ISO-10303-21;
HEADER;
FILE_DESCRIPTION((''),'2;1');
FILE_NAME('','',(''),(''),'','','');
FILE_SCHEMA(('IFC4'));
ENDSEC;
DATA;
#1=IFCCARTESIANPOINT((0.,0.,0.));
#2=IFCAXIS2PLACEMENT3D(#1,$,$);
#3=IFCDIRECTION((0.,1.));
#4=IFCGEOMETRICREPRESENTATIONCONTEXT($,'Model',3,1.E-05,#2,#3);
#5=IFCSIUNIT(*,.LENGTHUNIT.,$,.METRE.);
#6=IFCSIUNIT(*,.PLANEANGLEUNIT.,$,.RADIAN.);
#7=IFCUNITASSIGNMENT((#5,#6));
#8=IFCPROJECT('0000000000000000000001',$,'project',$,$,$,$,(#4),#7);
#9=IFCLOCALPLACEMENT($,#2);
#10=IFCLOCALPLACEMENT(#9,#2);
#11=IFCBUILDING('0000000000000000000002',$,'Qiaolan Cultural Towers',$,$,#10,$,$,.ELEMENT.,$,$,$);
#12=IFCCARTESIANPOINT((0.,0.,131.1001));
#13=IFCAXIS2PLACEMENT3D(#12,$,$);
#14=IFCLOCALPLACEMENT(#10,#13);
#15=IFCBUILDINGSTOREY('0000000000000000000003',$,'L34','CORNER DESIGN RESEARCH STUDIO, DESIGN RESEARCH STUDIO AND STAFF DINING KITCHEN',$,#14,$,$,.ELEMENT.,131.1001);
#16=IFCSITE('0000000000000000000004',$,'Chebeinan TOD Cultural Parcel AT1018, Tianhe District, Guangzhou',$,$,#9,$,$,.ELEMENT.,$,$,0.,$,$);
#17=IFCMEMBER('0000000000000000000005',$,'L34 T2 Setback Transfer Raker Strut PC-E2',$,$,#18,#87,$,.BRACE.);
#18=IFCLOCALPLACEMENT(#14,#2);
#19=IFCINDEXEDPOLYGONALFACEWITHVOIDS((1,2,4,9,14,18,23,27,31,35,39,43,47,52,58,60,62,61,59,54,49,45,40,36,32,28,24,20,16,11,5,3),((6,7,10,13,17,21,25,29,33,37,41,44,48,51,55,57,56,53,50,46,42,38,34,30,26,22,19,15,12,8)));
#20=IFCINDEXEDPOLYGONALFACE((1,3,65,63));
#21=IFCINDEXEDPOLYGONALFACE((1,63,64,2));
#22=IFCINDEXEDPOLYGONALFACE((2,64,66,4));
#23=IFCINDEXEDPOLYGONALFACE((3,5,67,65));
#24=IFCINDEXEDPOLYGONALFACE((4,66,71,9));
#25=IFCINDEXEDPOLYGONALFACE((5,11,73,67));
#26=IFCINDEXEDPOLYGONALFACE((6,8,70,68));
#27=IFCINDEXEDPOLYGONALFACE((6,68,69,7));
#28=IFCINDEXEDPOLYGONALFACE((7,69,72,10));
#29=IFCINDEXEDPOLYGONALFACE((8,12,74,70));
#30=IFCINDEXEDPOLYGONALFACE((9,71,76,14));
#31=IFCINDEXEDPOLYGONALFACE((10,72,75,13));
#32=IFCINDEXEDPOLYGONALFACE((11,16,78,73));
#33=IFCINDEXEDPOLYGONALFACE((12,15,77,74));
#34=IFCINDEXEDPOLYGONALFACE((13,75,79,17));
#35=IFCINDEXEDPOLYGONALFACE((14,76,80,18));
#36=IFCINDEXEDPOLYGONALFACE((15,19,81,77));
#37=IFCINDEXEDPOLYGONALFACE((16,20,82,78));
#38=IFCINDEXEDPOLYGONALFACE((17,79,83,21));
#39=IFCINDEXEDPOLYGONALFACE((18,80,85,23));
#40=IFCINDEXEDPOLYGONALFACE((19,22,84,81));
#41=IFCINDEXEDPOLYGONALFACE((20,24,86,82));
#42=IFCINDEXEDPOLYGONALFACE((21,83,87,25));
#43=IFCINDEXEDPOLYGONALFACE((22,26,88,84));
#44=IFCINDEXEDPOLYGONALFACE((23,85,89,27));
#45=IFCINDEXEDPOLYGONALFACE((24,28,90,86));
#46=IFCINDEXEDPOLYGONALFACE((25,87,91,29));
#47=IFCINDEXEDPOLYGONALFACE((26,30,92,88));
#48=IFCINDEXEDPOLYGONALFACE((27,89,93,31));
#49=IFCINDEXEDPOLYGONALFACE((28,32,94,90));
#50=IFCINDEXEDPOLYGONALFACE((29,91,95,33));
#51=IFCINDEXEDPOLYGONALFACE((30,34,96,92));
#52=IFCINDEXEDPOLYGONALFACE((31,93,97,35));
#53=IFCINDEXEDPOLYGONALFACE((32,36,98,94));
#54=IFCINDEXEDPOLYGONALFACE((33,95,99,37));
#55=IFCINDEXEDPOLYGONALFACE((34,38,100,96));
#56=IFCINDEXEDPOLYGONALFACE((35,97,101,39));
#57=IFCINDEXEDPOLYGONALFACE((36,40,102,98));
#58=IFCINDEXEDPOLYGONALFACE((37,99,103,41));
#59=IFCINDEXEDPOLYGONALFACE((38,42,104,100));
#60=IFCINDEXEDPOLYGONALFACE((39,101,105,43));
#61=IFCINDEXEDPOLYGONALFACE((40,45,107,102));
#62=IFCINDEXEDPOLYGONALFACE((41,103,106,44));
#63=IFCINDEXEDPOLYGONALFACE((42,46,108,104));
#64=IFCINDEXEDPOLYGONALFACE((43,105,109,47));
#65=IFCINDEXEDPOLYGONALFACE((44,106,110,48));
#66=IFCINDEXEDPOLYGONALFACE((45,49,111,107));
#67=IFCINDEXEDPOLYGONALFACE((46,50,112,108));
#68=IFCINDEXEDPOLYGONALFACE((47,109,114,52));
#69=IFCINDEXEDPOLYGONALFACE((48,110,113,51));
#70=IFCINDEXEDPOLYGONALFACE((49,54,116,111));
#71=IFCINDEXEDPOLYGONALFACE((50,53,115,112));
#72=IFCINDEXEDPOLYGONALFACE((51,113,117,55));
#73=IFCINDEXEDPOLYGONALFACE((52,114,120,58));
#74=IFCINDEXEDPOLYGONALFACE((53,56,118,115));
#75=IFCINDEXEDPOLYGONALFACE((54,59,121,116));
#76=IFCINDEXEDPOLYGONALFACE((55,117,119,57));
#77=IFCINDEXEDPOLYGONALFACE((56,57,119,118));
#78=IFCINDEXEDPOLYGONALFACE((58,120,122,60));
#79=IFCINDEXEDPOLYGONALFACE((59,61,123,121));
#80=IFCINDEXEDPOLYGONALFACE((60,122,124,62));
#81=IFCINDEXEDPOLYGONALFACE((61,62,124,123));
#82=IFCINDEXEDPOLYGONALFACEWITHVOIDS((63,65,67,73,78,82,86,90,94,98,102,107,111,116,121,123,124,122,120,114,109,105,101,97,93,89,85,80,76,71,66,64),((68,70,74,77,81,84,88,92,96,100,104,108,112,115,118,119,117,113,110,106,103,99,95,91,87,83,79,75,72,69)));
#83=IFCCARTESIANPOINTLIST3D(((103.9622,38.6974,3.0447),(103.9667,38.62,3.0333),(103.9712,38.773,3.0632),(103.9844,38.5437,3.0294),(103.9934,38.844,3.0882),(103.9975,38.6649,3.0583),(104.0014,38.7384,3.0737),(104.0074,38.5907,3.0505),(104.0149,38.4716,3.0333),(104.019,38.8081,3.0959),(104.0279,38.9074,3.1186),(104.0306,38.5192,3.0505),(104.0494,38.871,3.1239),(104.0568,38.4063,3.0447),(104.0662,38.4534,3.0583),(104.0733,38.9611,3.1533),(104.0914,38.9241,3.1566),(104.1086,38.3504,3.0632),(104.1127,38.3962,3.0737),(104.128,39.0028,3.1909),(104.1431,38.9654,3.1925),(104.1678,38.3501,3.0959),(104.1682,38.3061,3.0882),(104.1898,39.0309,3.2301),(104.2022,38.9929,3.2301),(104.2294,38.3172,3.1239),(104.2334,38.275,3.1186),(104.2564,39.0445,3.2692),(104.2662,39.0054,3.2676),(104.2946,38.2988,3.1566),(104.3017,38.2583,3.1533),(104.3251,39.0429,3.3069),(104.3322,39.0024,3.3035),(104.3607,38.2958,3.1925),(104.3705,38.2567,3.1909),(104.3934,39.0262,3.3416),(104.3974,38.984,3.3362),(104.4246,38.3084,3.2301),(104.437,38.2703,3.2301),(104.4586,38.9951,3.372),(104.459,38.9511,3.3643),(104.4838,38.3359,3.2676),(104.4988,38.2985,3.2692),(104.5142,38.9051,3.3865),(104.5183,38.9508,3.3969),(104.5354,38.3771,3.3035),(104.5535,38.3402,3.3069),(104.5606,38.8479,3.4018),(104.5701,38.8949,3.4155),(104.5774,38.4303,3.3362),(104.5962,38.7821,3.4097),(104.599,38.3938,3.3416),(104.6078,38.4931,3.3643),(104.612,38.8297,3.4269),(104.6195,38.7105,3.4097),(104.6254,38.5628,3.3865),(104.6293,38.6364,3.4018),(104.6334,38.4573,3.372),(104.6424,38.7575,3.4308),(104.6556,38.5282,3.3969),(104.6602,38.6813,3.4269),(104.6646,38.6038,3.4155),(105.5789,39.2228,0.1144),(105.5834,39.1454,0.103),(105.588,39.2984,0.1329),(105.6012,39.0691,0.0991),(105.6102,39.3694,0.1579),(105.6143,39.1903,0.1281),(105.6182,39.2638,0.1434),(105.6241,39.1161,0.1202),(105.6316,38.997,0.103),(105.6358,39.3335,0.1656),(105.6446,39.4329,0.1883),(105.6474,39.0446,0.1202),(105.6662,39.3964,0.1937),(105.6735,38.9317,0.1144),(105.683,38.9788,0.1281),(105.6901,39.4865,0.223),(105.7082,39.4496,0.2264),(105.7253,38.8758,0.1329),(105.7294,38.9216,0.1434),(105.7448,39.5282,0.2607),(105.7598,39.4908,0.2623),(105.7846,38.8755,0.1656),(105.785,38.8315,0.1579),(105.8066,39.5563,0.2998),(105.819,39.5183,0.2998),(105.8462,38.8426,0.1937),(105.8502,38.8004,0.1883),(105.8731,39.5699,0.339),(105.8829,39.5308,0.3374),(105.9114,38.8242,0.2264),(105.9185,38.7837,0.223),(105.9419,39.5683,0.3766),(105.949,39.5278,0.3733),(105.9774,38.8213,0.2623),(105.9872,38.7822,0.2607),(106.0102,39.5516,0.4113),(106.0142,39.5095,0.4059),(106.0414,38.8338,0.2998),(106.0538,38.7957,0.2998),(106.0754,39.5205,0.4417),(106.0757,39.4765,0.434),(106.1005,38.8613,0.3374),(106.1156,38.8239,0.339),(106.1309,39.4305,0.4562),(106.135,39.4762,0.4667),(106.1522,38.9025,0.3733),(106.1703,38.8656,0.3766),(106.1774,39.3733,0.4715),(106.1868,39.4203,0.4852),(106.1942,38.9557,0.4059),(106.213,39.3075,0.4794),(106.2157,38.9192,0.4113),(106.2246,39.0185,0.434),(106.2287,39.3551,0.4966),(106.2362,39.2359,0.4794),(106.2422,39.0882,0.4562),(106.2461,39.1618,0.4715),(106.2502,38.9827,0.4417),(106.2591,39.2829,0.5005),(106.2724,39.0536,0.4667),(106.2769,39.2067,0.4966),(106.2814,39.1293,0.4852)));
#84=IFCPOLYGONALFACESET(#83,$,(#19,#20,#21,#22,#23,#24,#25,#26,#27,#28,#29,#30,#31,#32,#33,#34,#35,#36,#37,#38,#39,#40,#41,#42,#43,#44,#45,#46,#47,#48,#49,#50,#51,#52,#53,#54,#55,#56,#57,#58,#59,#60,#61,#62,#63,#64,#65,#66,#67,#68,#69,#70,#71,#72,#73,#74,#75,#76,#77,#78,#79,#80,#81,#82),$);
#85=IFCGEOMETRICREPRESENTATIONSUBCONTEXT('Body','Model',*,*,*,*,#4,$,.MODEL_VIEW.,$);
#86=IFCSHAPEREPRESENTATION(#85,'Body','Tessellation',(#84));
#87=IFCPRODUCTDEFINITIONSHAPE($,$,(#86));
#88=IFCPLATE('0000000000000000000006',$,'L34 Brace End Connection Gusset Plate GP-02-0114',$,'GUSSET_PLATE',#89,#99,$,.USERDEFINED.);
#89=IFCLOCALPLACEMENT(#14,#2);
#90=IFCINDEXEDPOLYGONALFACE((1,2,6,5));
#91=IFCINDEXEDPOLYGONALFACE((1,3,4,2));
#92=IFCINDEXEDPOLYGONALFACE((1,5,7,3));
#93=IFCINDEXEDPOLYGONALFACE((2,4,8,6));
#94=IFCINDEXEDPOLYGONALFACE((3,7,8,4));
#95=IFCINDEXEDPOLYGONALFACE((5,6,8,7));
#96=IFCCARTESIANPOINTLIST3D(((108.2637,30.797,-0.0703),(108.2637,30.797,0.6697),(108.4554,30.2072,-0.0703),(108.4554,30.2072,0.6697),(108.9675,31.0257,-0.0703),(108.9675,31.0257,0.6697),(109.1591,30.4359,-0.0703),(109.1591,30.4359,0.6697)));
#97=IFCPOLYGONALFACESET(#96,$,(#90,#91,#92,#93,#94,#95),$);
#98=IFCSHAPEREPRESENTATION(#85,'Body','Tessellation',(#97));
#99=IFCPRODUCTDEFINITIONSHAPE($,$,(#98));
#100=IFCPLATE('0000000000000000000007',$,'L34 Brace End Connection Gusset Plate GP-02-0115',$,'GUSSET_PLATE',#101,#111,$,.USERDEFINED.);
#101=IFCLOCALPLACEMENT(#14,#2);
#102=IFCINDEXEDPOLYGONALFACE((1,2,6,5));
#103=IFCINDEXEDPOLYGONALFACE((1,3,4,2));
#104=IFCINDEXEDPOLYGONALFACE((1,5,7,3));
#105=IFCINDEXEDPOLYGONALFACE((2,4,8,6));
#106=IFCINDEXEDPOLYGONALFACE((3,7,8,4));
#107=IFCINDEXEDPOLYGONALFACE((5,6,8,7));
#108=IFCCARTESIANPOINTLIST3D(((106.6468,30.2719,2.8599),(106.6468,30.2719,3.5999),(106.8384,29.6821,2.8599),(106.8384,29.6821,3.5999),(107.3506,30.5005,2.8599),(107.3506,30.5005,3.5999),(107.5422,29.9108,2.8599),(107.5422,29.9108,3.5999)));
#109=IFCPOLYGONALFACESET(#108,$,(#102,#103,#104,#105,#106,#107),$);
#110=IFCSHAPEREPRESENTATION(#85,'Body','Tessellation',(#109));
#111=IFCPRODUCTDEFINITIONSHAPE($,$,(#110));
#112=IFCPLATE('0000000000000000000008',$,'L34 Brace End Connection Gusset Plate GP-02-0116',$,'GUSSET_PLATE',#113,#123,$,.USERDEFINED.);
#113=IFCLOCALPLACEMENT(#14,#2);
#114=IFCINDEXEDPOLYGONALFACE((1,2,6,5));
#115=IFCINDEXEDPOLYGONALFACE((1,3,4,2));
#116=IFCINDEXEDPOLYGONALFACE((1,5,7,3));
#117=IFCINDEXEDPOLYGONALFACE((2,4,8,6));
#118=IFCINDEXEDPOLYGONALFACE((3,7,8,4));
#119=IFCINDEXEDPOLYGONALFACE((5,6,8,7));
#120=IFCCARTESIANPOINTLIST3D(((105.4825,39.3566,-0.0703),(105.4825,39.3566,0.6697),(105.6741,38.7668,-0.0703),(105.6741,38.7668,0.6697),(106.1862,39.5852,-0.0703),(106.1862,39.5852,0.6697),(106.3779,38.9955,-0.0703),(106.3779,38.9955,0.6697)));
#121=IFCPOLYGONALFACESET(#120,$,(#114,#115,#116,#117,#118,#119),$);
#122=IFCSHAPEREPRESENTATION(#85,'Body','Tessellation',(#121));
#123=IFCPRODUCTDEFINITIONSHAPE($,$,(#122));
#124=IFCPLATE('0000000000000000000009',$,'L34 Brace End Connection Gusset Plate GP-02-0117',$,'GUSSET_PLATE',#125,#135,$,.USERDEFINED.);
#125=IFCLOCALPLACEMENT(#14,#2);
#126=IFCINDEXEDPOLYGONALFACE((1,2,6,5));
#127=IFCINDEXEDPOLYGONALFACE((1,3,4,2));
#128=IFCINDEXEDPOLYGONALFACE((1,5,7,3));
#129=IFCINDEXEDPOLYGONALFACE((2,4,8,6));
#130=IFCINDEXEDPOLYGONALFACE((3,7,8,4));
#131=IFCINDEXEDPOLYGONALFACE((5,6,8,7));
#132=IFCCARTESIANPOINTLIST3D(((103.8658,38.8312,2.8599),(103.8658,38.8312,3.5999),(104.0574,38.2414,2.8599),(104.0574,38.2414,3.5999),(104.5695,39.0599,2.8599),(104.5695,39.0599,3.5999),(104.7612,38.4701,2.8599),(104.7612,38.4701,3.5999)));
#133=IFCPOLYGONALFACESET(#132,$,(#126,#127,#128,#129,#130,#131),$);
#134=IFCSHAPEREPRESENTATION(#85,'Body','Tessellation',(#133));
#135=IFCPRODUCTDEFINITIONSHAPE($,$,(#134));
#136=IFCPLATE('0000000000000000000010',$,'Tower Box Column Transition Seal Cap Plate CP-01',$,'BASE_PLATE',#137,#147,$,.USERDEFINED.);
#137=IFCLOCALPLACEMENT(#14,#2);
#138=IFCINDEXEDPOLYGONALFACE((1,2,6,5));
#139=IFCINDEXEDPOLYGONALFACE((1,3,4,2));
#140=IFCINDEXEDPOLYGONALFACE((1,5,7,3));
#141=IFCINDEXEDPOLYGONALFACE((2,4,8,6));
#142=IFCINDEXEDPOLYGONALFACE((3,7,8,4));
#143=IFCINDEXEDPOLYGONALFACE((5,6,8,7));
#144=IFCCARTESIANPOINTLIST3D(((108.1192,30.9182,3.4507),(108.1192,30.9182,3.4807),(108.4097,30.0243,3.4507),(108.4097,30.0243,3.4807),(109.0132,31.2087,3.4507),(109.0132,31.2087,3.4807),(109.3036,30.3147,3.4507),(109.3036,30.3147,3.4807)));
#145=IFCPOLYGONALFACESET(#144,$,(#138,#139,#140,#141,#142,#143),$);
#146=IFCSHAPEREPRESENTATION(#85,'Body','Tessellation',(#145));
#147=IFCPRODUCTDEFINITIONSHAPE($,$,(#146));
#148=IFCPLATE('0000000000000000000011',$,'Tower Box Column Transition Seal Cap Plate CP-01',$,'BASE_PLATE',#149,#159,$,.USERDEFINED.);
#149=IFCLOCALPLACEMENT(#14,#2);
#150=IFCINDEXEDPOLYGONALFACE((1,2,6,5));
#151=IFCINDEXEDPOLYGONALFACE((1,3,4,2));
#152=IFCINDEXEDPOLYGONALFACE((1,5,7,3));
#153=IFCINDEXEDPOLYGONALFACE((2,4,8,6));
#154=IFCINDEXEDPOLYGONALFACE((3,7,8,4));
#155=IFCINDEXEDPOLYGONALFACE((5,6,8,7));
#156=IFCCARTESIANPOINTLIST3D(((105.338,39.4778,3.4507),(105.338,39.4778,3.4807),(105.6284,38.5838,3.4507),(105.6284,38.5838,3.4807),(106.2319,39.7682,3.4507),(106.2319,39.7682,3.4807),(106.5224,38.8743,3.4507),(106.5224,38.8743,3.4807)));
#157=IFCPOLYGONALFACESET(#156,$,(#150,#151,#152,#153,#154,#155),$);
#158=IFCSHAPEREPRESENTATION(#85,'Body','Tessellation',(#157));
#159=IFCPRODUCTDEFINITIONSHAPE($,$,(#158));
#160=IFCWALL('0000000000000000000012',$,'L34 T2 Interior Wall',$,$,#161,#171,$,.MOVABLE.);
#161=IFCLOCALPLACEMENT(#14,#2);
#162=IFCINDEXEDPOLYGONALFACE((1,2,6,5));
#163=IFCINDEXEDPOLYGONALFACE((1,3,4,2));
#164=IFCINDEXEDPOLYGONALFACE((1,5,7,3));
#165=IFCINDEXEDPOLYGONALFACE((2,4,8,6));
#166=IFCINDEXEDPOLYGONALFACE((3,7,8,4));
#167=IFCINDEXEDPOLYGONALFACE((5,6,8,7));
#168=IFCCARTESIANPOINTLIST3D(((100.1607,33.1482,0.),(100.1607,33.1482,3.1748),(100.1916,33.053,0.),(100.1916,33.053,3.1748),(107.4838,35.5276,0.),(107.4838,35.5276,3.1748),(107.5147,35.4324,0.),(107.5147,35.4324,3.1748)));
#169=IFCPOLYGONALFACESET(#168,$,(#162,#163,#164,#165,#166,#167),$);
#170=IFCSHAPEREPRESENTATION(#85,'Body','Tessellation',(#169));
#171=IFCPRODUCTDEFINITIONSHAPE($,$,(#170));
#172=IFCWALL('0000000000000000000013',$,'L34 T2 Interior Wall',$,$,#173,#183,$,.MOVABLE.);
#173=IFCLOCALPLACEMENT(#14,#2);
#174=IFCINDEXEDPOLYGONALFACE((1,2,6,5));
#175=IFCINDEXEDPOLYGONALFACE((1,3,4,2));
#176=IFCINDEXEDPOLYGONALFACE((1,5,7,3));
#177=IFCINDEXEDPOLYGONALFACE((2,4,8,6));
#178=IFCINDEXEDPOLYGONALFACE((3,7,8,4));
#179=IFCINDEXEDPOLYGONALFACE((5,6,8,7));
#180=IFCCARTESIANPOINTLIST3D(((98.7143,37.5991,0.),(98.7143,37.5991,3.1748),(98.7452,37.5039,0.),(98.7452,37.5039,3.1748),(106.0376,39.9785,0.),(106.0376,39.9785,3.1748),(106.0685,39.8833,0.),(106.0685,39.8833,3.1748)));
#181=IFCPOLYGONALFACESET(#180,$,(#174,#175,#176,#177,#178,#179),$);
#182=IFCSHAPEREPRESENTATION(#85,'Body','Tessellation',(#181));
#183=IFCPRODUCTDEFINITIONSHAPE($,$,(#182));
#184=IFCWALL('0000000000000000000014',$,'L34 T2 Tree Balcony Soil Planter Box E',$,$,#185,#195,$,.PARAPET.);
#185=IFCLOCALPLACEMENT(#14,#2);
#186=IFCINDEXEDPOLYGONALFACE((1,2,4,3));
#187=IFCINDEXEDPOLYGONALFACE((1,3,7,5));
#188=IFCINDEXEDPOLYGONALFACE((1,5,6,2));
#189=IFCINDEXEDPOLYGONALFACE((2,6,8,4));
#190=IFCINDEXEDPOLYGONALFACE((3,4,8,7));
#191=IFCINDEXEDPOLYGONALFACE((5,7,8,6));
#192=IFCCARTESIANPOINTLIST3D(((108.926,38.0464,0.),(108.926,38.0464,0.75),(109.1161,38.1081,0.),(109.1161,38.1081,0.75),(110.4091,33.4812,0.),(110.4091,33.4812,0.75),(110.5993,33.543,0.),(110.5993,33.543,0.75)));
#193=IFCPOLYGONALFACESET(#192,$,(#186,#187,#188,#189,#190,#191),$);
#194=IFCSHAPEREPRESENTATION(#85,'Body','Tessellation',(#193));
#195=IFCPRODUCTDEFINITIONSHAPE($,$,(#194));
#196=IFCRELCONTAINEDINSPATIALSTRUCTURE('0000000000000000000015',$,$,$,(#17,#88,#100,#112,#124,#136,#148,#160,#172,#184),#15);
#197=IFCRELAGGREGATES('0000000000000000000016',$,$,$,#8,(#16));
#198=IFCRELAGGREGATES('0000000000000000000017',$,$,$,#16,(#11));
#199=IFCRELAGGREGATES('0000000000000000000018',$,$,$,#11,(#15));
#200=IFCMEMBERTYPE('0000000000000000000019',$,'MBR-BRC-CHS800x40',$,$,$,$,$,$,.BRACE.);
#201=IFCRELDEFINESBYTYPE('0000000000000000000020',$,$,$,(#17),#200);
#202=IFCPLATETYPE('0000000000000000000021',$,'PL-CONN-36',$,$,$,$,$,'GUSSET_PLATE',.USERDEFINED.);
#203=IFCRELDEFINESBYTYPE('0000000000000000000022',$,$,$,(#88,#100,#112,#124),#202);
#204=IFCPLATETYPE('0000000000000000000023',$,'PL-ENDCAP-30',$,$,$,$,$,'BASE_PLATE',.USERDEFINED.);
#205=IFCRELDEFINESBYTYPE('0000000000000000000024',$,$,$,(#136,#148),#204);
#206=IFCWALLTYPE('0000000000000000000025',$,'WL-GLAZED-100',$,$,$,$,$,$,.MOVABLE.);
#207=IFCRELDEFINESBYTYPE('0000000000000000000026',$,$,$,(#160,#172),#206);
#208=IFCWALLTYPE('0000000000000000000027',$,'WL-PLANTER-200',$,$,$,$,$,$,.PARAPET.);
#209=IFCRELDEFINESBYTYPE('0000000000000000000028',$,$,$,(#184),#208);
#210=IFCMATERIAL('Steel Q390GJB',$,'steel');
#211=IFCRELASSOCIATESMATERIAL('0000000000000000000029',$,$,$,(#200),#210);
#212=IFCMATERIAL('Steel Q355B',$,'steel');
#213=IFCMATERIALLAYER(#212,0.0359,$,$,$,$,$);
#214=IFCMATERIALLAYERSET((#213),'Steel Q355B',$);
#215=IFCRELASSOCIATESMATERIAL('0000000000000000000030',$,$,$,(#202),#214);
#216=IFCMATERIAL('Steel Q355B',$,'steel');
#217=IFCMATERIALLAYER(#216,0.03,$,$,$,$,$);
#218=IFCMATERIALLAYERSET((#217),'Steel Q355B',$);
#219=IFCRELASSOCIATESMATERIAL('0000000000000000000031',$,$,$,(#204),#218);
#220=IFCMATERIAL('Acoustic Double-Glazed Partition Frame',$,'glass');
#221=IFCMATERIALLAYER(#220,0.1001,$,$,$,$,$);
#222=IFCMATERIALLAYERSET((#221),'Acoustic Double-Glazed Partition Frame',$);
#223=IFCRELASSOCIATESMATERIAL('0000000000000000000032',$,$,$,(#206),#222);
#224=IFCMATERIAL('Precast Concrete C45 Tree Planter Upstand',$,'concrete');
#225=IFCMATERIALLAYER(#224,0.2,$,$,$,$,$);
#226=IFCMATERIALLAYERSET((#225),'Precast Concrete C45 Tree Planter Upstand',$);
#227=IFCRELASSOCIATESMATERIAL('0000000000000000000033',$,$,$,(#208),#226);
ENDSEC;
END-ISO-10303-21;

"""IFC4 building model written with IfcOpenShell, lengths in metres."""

from ifc_helpers import new_model, si_unit, direction, frame, frame_2d, origin, origin_2d, place, context, subcontext, project, spatial, rectangle, hollow_circle, extrude, material, layer, layer_set, material_profile, profile_set, type_object, element, save


model = new_model("IFC4")

# Units and contexts
model_context = context("Model", 3, precision=1e-05, world=origin(), true_north=direction((0.0, 1.0)))
body_context = subcontext(model_context, "Body", "Model", "MODEL_VIEW")
ifc_project = project(units=[si_unit("LENGTHUNIT", "METRE"), si_unit("PLANEANGLEUNIT", "RADIAN")], contexts=[model_context])

# Site, building, storey
site_placement = place(None, origin())
site = spatial("IfcSite", under=ifc_project, at=site_placement, Name="Chebeinan TOD Cultural Parcel AT1018, Tianhe District, Guangzhou", CompositionType="ELEMENT", RefElevation=0.0)
building_placement = place(site_placement, origin())
building = spatial("IfcBuilding", under=site, at=building_placement, Name="Qiaolan Cultural Towers", CompositionType="ELEMENT")
storey_placement = place(building_placement, frame((0.0, 0.0, 131.1001)))
storey = spatial("IfcBuildingStorey", under=building, at=storey_placement, Name="L34", Description="CORNER DESIGN RESEARCH STUDIO, DESIGN RESEARCH STUDIO AND STAFF DINING KITCHEN", CompositionType="ELEMENT", Elevation=131.1001)

# Member
ifc_material_1 = material(Name="Steel Q390GJB", Category="steel")
ifc_material_profile_1 = material_profile(ifc_material_1, hollow_circle(Radius=0.3999, WallThickness=0.04, at=origin_2d()), Name="CHS800x40")
ifc_profile_set_1 = profile_set([ifc_material_profile_1], Name="Steel Q390GJB")
member_type = type_object("IfcMemberType", Name="MBR-BRC-CHS800x40", PredefinedType="BRACE", material=ifc_profile_set_1)
for number, where, z_axis, x_axis, name in (
    (1, (105.9302, 39.176, 0.2998), (-0.477243, -0.155093, 0.864977), (0.309067, -0.95104, 0.0), "L34 T2 Setback Transfer Raker Strut PC-E2"),
):
    element("IfcMember", number, at=place(storey_placement, frame(where, z_axis=z_axis, x_axis=x_axis)), inside=storey, type_object=member_type, Name=name, PredefinedType="BRACE", context=body_context, shape_type="SweptSolid", body=[
        extrude(hollow_circle(Radius=0.3999, WallThickness=0.04, at=origin_2d()), origin(), (0.0, 0.0, 1.0), 3.3877),
    ])

# Plates
ifc_material_2 = material(Name="Steel Q355B", Category="steel")
ifc_layer_1 = layer(ifc_material_2, 0.0359)
ifc_layer_set_1 = layer_set([ifc_layer_1], Name="Steel Q355B")
plate_type_1 = type_object("IfcPlateType", Name="PL-CONN-36", ElementType="GUSSET_PLATE", PredefinedType="USERDEFINED", material=ifc_layer_set_1)
for number, where, z_axis, x_axis, name in (
    (2, (108.7114, 30.6165, -0.0703), (0.0, 0.0, 1.0), (0.951056, 0.309017, 0.0), "L34 Brace End Connection Gusset Plate GP-02-0114"),
    (3, (107.0945, 30.0913, 2.8599), (0.0, 0.0, 1.0), (0.951056, 0.309017, 0.0), "L34 Brace End Connection Gusset Plate GP-02-0115"),
    (4, (105.9302, 39.176, -0.0703), (0.0, 0.0, 1.0), (0.951056, 0.309017, 0.0), "L34 Brace End Connection Gusset Plate GP-02-0116"),
    (5, (104.3135, 38.6506, 2.8599), (0.0, 0.0, 1.0), (0.951056, 0.309017, 0.0), "L34 Brace End Connection Gusset Plate GP-02-0117"),
):
    element("IfcPlate", number, at=place(storey_placement, frame(where, z_axis=z_axis, x_axis=x_axis)), inside=storey, type_object=plate_type_1, Name=name, ObjectType="GUSSET_PLATE", PredefinedType="USERDEFINED", context=body_context, shape_type="SweptSolid", body=[
        extrude(rectangle(XDim=0.74, YDim=0.6201, at=origin_2d()), origin(), (0.0, 0.0, 1.0), 0.74),
    ])
ifc_material_3 = material(Name="Steel Q355B", Category="steel")
ifc_layer_2 = layer(ifc_material_3, 0.03)
ifc_layer_set_2 = layer_set([ifc_layer_2], Name="Steel Q355B")
plate_type_2 = type_object("IfcPlateType", Name="PL-ENDCAP-30", ElementType="BASE_PLATE", PredefinedType="USERDEFINED", material=ifc_layer_set_2)
for number, where, z_axis, x_axis, name in (
    (6, (108.7114, 30.6165, 3.4507), (0.0, 0.0, 1.0), (0.951057, 0.309017, 0.0), "Tower Box Column Transition Seal Cap Plate CP-01"),
    (7, (105.9302, 39.176, 3.4507), (0.0, 0.0, 1.0), (0.951057, 0.309017, 0.0), "Tower Box Column Transition Seal Cap Plate CP-01"),
):
    element("IfcPlate", number, at=place(storey_placement, frame(where, z_axis=z_axis, x_axis=x_axis)), inside=storey, type_object=plate_type_2, Name=name, ObjectType="BASE_PLATE", PredefinedType="USERDEFINED", context=body_context, shape_type="SweptSolid", body=[
        extrude(rectangle(XDim=0.9399, YDim=0.9399, at=origin_2d()), origin(), (0.0, 0.0, 1.0), 0.03),
    ])

# Walls
ifc_material_4 = material(Name="Acoustic Double-Glazed Partition Frame", Category="glass")
ifc_layer_3 = layer(ifc_material_4, 0.1001)
ifc_layer_set_3 = layer_set([ifc_layer_3], Name="Acoustic Double-Glazed Partition Frame")
wall_type_1 = type_object("IfcWallType", Name="WL-GLAZED-100", PredefinedType="MOVABLE", material=ifc_layer_set_3)
wall_1_placement = place(storey_placement, frame((100.176, 33.1006, 0.0), z_axis=(0.0, 0.0, 1.0), x_axis=(0.951056, 0.309018, 0.0)))
element("IfcWall", 8, at=wall_1_placement, inside=storey, type_object=wall_type_1, Name="L34 T2 Interior Wall", PredefinedType="MOVABLE", context=body_context, shape_type="SweptSolid", body=[
    extrude(rectangle(XDim=7.7, YDim=0.1001, at=frame_2d((3.8501, 0.0))), origin(), (0.0, 0.0, 1.0), 3.1748),
])
wall_2_placement = place(storey_placement, frame((98.7297, 37.5515, 0.0), z_axis=(0.0, 0.0, 1.0), x_axis=(0.951059, 0.309009, 0.0)))
element("IfcWall", 9, at=wall_2_placement, inside=storey, type_object=wall_type_1, Name="L34 T2 Interior Wall", PredefinedType="MOVABLE", context=body_context, shape_type="SweptSolid", body=[
    extrude(rectangle(XDim=7.7002, YDim=0.1001, at=frame_2d((3.8501, 0.0))), origin(), (0.0, 0.0, 1.0), 3.1748),
])
ifc_material_5 = material(Name="Precast Concrete C45 Tree Planter Upstand", Category="concrete")
ifc_layer_4 = layer(ifc_material_5, 0.2)
ifc_layer_set_4 = layer_set([ifc_layer_4], Name="Precast Concrete C45 Tree Planter Upstand")
wall_type_2 = type_object("IfcWallType", Name="WL-PLANTER-200", PredefinedType="PARAPET", material=ifc_layer_set_4)
wall_3_placement = place(storey_placement, frame((110.5042, 33.5122, 0.0), z_axis=(0.0, 0.0, 1.0), x_axis=(-0.308986, 0.951067, 0.0)))
element("IfcWall", 10, at=wall_3_placement, inside=storey, type_object=wall_type_2, Name="L34 T2 Tree Balcony Soil Planter Box E", PredefinedType="PARAPET", context=body_context, shape_type="SweptSolid", body=[
    extrude(rectangle(XDim=4.8, YDim=0.2, at=frame_2d((2.3999, 0.0))), origin(), (0.0, 0.0, 1.0), 0.75),
])

save(model, "model.ifc")
